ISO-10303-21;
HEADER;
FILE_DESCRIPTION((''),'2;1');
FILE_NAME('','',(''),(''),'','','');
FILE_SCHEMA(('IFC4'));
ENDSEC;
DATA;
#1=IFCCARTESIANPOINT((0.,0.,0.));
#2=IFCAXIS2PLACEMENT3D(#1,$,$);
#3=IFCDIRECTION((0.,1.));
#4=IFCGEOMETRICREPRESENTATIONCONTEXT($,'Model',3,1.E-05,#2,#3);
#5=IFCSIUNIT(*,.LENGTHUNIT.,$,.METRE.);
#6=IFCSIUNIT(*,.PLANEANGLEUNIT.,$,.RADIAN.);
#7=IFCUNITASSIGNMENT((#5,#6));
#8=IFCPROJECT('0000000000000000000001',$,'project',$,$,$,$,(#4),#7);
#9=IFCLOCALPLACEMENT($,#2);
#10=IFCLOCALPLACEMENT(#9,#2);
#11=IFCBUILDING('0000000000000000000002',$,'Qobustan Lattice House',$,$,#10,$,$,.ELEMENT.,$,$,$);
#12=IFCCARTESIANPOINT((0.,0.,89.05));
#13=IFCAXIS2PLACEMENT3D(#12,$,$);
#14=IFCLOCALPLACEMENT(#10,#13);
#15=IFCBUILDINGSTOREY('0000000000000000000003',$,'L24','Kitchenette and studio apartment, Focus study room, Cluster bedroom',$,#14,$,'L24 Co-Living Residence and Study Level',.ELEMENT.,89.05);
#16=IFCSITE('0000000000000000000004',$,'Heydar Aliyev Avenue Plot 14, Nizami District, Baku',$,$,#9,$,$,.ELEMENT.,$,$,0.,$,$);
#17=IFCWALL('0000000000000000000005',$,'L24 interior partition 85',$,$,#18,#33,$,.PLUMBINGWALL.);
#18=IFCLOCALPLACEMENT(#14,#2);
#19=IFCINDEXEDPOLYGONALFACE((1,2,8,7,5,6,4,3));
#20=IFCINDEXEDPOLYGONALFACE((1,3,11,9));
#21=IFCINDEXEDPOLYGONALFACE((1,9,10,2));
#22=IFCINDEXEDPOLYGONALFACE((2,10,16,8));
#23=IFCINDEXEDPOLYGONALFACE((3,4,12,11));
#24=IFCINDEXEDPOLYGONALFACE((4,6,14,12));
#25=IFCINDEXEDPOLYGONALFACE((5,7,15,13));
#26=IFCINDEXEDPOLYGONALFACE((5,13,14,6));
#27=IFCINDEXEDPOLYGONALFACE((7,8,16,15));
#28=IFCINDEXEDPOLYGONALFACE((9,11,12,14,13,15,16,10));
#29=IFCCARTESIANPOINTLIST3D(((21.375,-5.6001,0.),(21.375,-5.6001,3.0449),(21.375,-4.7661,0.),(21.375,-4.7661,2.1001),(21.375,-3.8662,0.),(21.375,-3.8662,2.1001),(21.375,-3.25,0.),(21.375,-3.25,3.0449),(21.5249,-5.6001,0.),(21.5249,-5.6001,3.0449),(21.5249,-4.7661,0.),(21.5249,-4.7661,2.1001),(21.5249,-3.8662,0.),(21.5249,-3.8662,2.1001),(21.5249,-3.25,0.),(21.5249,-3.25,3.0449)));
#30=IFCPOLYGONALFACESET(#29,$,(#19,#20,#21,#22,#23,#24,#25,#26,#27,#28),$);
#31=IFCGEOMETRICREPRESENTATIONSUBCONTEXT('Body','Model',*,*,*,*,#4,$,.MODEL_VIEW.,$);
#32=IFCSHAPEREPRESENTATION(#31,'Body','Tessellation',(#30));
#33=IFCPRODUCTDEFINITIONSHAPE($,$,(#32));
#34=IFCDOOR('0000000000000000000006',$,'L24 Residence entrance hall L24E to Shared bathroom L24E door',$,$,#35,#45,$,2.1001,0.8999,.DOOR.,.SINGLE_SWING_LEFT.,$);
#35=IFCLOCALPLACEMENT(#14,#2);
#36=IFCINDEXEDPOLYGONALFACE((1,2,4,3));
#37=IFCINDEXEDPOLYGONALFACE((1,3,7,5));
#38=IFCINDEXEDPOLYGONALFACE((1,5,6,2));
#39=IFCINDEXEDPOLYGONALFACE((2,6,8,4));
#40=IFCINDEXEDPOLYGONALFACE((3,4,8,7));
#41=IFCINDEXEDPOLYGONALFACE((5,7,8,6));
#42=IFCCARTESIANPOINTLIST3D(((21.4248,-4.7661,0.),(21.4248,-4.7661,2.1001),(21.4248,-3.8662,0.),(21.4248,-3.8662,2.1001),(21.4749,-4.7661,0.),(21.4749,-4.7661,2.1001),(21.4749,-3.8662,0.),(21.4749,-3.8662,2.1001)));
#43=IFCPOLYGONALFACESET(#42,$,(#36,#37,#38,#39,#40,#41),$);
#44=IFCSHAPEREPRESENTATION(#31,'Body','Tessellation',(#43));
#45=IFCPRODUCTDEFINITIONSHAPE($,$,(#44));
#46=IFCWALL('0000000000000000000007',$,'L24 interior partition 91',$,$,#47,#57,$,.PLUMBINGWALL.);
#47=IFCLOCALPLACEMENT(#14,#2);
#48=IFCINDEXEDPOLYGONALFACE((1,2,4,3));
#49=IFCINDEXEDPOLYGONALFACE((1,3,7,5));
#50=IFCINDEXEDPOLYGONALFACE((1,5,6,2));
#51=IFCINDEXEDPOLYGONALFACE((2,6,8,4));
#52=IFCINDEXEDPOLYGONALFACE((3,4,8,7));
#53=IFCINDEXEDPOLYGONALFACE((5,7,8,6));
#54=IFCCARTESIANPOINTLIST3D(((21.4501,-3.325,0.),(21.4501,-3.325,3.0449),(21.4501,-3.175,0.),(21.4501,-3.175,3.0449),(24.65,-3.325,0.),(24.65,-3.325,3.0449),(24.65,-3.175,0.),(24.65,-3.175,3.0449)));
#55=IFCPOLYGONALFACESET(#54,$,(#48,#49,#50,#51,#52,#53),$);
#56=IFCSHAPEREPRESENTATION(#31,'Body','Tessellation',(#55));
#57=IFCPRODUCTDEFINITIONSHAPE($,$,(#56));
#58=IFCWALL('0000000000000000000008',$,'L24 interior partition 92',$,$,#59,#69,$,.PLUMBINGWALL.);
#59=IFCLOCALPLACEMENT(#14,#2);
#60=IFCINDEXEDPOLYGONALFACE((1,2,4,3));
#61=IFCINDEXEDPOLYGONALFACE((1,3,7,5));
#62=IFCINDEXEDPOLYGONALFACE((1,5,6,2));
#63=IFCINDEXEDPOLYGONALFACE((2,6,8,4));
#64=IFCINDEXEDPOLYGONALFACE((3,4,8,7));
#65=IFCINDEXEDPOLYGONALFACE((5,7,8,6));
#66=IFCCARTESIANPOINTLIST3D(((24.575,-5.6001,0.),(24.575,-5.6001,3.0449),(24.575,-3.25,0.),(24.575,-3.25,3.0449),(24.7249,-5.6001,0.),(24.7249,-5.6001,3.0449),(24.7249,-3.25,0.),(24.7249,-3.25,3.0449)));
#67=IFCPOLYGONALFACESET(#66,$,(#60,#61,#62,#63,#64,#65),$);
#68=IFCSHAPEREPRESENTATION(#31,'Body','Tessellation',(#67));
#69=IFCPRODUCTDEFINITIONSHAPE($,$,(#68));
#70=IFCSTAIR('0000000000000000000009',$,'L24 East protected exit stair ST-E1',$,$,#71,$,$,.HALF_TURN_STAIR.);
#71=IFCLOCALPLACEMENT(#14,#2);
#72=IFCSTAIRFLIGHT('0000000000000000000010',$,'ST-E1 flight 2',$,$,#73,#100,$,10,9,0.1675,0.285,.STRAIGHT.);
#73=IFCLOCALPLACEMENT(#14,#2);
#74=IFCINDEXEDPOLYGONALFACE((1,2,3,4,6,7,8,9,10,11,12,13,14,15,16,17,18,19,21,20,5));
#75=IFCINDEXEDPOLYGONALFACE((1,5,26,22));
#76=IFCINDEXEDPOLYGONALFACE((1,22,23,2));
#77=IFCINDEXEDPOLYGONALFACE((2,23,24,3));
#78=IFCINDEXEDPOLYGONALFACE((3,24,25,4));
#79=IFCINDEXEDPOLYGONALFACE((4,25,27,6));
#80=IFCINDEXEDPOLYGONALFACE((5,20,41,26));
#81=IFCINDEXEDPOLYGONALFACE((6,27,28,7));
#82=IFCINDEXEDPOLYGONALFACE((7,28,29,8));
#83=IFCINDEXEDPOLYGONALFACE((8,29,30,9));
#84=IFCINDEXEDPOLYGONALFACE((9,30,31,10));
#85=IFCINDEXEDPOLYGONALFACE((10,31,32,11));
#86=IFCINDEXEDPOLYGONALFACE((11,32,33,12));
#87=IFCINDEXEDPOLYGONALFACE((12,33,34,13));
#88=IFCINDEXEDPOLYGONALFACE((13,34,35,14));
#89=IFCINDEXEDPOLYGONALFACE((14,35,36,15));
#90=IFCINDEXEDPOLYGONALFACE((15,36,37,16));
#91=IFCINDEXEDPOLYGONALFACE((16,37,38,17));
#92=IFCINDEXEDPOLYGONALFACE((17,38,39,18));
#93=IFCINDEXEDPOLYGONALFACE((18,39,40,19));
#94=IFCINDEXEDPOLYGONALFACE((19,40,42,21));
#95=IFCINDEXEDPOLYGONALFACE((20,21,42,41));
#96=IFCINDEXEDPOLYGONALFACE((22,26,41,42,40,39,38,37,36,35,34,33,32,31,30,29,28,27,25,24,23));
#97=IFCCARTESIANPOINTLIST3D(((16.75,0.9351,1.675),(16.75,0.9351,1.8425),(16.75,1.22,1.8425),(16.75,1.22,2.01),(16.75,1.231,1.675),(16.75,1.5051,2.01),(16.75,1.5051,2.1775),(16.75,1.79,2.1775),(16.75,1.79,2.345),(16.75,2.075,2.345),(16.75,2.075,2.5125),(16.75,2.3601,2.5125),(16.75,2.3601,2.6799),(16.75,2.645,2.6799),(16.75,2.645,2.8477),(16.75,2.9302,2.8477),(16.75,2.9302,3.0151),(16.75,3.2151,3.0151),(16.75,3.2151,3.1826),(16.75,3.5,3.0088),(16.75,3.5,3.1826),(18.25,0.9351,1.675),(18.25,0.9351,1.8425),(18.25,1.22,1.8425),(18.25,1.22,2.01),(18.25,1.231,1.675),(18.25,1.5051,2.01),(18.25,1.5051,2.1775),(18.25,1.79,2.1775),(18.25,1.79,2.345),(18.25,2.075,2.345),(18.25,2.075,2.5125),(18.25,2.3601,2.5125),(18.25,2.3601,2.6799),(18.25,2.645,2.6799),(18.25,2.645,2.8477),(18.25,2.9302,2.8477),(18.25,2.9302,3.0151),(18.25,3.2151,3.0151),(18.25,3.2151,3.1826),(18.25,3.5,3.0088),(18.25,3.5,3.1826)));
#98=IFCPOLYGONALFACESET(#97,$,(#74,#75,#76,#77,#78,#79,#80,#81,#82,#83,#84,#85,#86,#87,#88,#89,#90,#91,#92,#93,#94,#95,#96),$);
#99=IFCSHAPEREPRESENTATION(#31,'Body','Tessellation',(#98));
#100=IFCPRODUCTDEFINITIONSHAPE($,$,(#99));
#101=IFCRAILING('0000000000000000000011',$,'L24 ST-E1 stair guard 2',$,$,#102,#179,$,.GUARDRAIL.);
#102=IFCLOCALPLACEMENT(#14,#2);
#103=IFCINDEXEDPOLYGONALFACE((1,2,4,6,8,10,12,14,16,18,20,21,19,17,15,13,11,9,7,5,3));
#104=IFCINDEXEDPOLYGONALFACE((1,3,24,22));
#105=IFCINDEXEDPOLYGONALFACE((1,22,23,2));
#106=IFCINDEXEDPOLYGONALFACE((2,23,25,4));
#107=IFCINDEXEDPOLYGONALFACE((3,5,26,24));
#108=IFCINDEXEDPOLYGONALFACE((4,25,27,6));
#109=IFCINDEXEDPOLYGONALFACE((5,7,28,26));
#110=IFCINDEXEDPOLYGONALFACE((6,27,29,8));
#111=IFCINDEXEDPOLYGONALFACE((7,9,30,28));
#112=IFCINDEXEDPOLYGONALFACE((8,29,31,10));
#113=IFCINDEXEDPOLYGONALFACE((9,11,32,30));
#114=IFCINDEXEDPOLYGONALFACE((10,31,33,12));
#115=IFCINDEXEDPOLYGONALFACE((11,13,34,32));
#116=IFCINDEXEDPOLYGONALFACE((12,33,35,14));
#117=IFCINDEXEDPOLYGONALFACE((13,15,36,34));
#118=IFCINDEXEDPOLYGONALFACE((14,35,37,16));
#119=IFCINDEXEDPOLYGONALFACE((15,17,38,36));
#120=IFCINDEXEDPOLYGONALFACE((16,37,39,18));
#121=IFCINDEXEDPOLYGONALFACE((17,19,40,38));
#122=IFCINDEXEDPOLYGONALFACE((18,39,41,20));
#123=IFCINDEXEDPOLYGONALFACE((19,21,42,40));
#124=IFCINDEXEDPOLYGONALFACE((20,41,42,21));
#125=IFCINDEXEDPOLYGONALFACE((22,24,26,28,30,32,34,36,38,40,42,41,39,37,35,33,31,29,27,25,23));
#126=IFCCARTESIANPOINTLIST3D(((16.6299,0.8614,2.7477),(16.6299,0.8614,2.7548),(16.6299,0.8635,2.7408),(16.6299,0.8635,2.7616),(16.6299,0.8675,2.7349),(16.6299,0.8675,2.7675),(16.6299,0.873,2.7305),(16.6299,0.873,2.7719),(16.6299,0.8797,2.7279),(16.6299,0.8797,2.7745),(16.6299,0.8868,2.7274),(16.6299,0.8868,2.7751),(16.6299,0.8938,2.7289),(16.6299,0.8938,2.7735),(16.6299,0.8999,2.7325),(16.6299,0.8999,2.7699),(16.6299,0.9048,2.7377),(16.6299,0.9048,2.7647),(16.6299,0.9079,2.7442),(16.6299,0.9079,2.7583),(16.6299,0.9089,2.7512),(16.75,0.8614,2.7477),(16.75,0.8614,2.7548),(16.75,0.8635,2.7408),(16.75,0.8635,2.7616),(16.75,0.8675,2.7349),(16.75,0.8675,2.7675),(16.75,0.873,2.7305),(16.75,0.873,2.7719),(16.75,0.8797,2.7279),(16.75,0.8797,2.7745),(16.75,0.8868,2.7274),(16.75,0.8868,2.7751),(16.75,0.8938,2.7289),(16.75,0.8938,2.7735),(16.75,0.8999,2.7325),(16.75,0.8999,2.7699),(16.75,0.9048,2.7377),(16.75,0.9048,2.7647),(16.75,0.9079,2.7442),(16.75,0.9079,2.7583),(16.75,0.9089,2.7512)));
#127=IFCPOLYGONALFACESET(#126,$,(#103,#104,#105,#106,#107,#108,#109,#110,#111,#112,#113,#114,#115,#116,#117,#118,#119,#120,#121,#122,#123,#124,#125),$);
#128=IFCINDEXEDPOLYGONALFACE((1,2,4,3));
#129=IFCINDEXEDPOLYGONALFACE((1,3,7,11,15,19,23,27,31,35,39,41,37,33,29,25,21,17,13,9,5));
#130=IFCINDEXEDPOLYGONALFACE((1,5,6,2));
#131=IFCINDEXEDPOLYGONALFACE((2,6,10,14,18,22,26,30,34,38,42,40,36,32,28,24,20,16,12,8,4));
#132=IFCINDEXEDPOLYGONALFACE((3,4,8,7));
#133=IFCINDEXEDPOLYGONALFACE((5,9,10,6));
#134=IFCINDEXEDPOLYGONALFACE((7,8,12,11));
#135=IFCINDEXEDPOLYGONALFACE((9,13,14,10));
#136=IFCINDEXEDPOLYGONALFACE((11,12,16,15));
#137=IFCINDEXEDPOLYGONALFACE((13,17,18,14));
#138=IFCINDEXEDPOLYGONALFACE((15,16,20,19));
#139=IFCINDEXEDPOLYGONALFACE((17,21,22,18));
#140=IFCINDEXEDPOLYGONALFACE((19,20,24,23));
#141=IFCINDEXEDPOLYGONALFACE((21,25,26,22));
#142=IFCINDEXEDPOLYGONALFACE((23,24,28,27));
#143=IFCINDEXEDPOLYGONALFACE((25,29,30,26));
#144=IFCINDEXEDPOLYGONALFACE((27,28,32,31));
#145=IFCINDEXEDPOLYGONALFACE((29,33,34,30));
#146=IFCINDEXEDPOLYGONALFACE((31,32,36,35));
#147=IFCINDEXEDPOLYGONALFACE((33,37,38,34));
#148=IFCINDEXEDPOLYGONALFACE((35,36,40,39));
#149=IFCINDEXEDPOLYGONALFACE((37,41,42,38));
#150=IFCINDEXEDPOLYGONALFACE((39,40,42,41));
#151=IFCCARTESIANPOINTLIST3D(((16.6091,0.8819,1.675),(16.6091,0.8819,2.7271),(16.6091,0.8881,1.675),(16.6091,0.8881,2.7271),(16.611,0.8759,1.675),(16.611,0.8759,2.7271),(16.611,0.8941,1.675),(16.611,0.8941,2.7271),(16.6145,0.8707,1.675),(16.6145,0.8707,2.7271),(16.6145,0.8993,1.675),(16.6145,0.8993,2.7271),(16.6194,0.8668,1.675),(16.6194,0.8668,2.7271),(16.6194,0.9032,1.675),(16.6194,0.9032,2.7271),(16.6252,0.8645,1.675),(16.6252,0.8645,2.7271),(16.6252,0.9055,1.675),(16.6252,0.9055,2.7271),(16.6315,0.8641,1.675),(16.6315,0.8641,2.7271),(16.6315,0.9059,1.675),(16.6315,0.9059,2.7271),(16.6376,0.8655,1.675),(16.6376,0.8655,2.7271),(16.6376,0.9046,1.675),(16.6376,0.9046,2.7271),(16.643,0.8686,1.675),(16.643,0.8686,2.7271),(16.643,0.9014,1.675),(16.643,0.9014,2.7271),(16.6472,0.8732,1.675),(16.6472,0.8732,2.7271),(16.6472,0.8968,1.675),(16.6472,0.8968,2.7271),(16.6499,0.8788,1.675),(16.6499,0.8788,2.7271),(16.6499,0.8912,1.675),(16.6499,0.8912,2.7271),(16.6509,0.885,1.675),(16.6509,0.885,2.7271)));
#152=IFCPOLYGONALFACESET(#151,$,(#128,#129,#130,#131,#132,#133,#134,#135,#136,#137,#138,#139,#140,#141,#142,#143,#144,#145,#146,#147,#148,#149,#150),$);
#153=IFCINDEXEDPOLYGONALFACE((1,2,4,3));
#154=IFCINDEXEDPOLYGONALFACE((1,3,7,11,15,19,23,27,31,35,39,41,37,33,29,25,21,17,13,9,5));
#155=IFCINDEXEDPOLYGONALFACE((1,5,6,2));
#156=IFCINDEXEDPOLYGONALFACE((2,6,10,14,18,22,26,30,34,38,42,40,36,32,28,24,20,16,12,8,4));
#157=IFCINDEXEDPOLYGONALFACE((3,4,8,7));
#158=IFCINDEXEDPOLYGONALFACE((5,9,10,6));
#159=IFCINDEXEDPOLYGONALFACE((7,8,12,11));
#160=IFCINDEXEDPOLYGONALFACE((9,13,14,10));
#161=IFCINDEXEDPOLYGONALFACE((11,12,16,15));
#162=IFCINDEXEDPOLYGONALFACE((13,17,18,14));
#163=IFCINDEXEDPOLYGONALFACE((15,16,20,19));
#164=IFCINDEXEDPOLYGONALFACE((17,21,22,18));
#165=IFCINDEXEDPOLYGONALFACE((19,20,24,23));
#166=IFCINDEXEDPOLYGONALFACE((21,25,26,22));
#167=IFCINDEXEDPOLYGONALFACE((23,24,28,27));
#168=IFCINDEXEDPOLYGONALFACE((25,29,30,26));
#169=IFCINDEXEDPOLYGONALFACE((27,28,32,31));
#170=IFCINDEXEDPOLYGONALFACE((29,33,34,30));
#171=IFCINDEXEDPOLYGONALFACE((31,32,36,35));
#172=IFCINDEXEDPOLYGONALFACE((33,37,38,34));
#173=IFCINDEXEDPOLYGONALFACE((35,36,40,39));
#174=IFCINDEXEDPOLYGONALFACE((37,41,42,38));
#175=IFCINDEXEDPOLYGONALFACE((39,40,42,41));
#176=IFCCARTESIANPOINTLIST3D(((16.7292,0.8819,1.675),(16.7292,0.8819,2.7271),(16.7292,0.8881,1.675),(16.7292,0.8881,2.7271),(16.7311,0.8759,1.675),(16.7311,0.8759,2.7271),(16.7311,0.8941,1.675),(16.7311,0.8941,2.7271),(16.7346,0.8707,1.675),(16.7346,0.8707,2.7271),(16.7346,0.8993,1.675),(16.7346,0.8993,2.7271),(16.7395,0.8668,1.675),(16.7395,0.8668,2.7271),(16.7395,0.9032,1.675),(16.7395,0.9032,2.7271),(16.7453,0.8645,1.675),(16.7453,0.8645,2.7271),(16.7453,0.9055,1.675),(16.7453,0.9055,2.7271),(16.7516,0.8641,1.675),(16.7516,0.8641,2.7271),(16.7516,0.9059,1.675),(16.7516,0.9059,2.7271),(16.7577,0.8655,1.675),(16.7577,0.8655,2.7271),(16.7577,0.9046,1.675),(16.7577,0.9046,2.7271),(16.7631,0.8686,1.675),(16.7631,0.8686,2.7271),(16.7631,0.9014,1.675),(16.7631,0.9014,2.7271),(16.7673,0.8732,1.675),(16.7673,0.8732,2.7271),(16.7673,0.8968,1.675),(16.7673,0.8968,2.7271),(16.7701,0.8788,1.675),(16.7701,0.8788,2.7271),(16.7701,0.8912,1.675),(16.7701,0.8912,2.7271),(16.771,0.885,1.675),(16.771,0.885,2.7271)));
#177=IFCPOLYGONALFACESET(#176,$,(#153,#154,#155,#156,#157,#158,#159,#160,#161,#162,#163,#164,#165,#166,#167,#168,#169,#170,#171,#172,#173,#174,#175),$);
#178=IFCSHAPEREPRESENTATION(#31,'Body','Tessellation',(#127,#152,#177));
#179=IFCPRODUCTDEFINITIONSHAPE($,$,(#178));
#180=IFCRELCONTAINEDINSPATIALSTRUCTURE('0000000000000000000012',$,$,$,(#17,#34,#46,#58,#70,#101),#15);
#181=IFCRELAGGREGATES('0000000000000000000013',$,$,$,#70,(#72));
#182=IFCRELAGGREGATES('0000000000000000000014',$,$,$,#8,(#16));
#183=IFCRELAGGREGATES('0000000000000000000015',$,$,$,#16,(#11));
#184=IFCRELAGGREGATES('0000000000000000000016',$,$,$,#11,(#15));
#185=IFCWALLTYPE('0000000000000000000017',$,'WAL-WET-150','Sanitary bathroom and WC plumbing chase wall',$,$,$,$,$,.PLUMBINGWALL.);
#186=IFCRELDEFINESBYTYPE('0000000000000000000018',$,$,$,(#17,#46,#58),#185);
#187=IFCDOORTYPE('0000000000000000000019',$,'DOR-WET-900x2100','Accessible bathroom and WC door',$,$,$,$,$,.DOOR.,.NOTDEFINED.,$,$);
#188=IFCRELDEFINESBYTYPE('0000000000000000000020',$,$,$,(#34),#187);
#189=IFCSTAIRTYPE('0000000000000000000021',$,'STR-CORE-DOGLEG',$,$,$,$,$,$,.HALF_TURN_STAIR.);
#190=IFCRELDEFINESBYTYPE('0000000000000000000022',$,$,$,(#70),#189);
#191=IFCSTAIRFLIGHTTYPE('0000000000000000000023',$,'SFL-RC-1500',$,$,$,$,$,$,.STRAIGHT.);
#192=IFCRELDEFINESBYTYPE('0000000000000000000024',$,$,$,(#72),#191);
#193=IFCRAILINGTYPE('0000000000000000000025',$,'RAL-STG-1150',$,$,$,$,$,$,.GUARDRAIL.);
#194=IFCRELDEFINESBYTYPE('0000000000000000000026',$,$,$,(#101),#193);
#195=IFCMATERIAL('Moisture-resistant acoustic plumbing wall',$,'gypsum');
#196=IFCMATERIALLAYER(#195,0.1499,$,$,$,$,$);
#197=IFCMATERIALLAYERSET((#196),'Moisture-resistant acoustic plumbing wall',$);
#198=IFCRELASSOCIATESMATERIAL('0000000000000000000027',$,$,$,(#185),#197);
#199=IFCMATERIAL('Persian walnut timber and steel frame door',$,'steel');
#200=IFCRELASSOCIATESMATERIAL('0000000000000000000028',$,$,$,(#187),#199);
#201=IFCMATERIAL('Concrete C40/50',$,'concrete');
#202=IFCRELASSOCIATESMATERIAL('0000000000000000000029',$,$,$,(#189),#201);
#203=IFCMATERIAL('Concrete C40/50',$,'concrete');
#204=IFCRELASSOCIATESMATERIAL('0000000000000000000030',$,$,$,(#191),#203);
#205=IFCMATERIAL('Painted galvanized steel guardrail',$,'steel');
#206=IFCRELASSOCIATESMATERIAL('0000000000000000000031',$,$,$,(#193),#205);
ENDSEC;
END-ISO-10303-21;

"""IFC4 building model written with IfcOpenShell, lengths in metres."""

from ifc_helpers import new_model, si_unit, direction, frame, frame_2d, origin, origin_2d, place, context, subcontext, project, spatial, polyline, rectangle, circle, outline, extrude, material, layer, layer_set, type_object, element, fill, aggregate, save


model = new_model("IFC4")

# Units and contexts
model_context = context("Model", 3, precision=1e-05, world=origin(), true_north=direction((0.0, 1.0)))
body_context = subcontext(model_context, "Body", "Model", "MODEL_VIEW")
ifc_project = project(units=[si_unit("LENGTHUNIT", "METRE"), si_unit("PLANEANGLEUNIT", "RADIAN")], contexts=[model_context])

# Site, building, storey
site_placement = place(None, origin())
site = spatial("IfcSite", under=ifc_project, at=site_placement, Name="Heydar Aliyev Avenue Plot 14, Nizami District, Baku", CompositionType="ELEMENT", RefElevation=0.0)
building_placement = place(site_placement, origin())
building = spatial("IfcBuilding", under=site, at=building_placement, Name="Qobustan Lattice House", CompositionType="ELEMENT")
storey_placement = place(building_placement, frame((0.0, 0.0, 89.05)))
storey = spatial("IfcBuildingStorey", under=building, at=storey_placement, Name="L24", Description="Kitchenette and studio apartment, Focus study room, Cluster bedroom", LongName="L24 Co-Living Residence and Study Level", CompositionType="ELEMENT", Elevation=89.05)

# Shared definitions
ifc_material_1 = material(Name="Moisture-resistant acoustic plumbing wall", Category="gypsum")
ifc_layer_1 = layer(ifc_material_1, 0.1499)
ifc_layer_set_1 = layer_set([ifc_layer_1], Name="Moisture-resistant acoustic plumbing wall")
wall_type_1 = type_object("IfcWallType", Name="WAL-WET-150", Description="Sanitary bathroom and WC plumbing chase wall", PredefinedType="PLUMBINGWALL", material=ifc_layer_set_1)

# Wall, opening, door
wall_1_placement = place(storey_placement, frame((21.45, -3.25, 0.0), z_axis=(0.0, 0.0, 1.0), x_axis=(0.0, -1.0, 0.0)))
wall_1 = element("IfcWall", 1, at=wall_1_placement, inside=storey, type_object=wall_type_1, Name="L24 interior partition 85", PredefinedType="PLUMBINGWALL", context=body_context, shape_type="SweptSolid", body=[
    extrude(rectangle(XDim=2.3501, YDim=0.1499, at=frame_2d((1.175, 0.0))), origin(), (0.0, 0.0, 1.0), 3.0449),
])
opening_1_placement = place(wall_1_placement, frame((0.6162, 0.0, 0.0)))
opening_1 = element("IfcOpeningElement", 2, at=opening_1_placement, cuts=wall_1, PredefinedType="OPENING", context=body_context, shape_type="SweptSolid", body=[
    extrude(rectangle(XDim=0.8999, YDim=2.1001, at=frame_2d((0.45, 1.05))), frame((0.0, 0.085, 0.0), z_axis=(0.0, -1.0, 0.0), x_axis=(1.0, 0.0, 0.0)), (0.0, 0.0, 1.0), 0.1699),
])
ifc_material_2 = material(Name="Persian walnut timber and steel frame door", Category="steel")
door_type_1 = type_object("IfcDoorType", Name="DOR-WET-900x2100", Description="Accessible bathroom and WC door", OperationType="NOTDEFINED", PredefinedType="DOOR", material=ifc_material_2)
door_1_placement = place(opening_1_placement, origin())
door_1 = element("IfcDoor", 3, at=door_1_placement, inside=storey, type_object=door_type_1, Name="L24 Residence entrance hall L24E to Shared bathroom L24E door", OperationType="SINGLE_SWING_LEFT", OverallHeight=2.1001, OverallWidth=0.8999, PredefinedType="DOOR", context=body_context, shape_type="SweptSolid", body=[
    extrude(rectangle(XDim=0.8999, YDim=2.1001, at=frame_2d((0.45, 1.05))), frame((0.0, 0.0249, 0.0), z_axis=(0.0, -1.0, 0.0), x_axis=(1.0, 0.0, 0.0)), (0.0, 0.0, 1.0), 0.05),
])
fill(opening_1, door_1)

# Walls
wall_2_placement = place(storey_placement, frame((21.45, -3.25, 0.0), z_axis=(0.0, 0.0, 1.0), x_axis=(1.0, 0.0, 0.0)))
element("IfcWall", 4, at=wall_2_placement, inside=storey, type_object=wall_type_1, Name="L24 interior partition 91", PredefinedType="PLUMBINGWALL", context=body_context, shape_type="SweptSolid", body=[
    extrude(rectangle(XDim=3.2, YDim=0.1499, at=frame_2d((1.6001, 0.0))), origin(), (0.0, 0.0, 1.0), 3.0449),
])
wall_3_placement = place(storey_placement, frame((24.6499, -3.25, 0.0), z_axis=(0.0, 0.0, 1.0), x_axis=(0.0, -1.0, 0.0)))
element("IfcWall", 5, at=wall_3_placement, inside=storey, type_object=wall_type_1, Name="L24 interior partition 92", PredefinedType="PLUMBINGWALL", context=body_context, shape_type="SweptSolid", body=[
    extrude(rectangle(XDim=2.3501, YDim=0.1499, at=frame_2d((1.175, 0.0))), origin(), (0.0, 0.0, 1.0), 3.0449),
])

# Stair, stair flight
ifc_material_3 = material(Name="Concrete C40/50", Category="concrete")
stair_type = type_object("IfcStairType", Name="STR-CORE-DOGLEG", PredefinedType="HALF_TURN_STAIR", material=ifc_material_3)
stair_placement = place(storey_placement, origin())
stair = element("IfcStair", 6, at=stair_placement, inside=storey, type_object=stair_type, Name="L24 East protected exit stair ST-E1", PredefinedType="HALF_TURN_STAIR")
ifc_material_4 = material(Name="Concrete C40/50", Category="concrete")
stair_flight_type = type_object("IfcStairFlightType", Name="SFL-RC-1500", PredefinedType="STRAIGHT", material=ifc_material_4)
stair_flight_placement = place(storey_placement, frame((17.5, 0.9351, 1.675), z_axis=(0.0, 0.0, 1.0), x_axis=(0.0, 1.0, 0.0)))
stair_flight = element("IfcStairFlight", 7, at=stair_flight_placement, type_object=stair_flight_type, Name="ST-E1 flight 2", NumberOfRisers=10, NumberOfTreads=9, PredefinedType="STRAIGHT", RiserHeight=0.1675, TreadLength=0.285, context=body_context, shape_type="SweptSolid", body=[
    extrude(outline(polyline([(0.0, 0.0), (0.0, 0.1675), (0.2849, 0.1675), (0.2849, 0.335), (0.5701, 0.335), (0.5701, 0.5024), (0.855, 0.5024), (0.855, 0.6699), (1.1399, 0.6699), (1.1399, 0.8374), (1.425, 0.8374), (1.425, 1.0049), (1.71, 1.0049), (1.71, 1.1726), (1.9951, 1.1726), (1.9951, 1.3401), (2.28, 1.3401), (2.28, 1.5076), (2.5649, 1.5076), (2.5649, 1.675), (2.5649, 1.3337), (0.2959, 0.0), (0.0, 0.0)])), frame((0.0, 0.75, 0.0), z_axis=(0.0, -1.0, 0.0), x_axis=(1.0, 0.0, 0.0)), (0.0, 0.0, 1.0), 1.5),
])
aggregate(stair, [stair_flight])

# Railing
ifc_material_5 = material(Name="Painted galvanized steel guardrail", Category="steel")
railing_type = type_object("IfcRailingType", Name="RAL-STG-1150", PredefinedType="GUARDRAIL", material=ifc_material_5)
railing_1_placement = place(storey_placement, frame((16.6299, 0.885, 1.675)))
element("IfcRailing", 8, at=railing_1_placement, inside=storey, type_object=railing_type, Name="L24 ST-E1 stair guard 2", PredefinedType="GUARDRAIL", context=body_context, shape_type="SweptSolid", body=[
    extrude(circle(Radius=0.0239, at=origin_2d()), frame((0.0, 0.0, 1.0762), z_axis=(1.0, 0.0, 0.0), x_axis=(0.0, 1.0, 0.0)), (0.0, 0.0, 1.0), 0.1201),
    extrude(circle(Radius=0.021, at=origin_2d()), origin(), (0.0, 0.0, 1.0), 1.052),
    extrude(circle(Radius=0.021, at=origin_2d()), frame((0.1201, 0.0, 0.0)), (0.0, 0.0, 1.0), 1.052),
])

save(model, "model.ifc")
